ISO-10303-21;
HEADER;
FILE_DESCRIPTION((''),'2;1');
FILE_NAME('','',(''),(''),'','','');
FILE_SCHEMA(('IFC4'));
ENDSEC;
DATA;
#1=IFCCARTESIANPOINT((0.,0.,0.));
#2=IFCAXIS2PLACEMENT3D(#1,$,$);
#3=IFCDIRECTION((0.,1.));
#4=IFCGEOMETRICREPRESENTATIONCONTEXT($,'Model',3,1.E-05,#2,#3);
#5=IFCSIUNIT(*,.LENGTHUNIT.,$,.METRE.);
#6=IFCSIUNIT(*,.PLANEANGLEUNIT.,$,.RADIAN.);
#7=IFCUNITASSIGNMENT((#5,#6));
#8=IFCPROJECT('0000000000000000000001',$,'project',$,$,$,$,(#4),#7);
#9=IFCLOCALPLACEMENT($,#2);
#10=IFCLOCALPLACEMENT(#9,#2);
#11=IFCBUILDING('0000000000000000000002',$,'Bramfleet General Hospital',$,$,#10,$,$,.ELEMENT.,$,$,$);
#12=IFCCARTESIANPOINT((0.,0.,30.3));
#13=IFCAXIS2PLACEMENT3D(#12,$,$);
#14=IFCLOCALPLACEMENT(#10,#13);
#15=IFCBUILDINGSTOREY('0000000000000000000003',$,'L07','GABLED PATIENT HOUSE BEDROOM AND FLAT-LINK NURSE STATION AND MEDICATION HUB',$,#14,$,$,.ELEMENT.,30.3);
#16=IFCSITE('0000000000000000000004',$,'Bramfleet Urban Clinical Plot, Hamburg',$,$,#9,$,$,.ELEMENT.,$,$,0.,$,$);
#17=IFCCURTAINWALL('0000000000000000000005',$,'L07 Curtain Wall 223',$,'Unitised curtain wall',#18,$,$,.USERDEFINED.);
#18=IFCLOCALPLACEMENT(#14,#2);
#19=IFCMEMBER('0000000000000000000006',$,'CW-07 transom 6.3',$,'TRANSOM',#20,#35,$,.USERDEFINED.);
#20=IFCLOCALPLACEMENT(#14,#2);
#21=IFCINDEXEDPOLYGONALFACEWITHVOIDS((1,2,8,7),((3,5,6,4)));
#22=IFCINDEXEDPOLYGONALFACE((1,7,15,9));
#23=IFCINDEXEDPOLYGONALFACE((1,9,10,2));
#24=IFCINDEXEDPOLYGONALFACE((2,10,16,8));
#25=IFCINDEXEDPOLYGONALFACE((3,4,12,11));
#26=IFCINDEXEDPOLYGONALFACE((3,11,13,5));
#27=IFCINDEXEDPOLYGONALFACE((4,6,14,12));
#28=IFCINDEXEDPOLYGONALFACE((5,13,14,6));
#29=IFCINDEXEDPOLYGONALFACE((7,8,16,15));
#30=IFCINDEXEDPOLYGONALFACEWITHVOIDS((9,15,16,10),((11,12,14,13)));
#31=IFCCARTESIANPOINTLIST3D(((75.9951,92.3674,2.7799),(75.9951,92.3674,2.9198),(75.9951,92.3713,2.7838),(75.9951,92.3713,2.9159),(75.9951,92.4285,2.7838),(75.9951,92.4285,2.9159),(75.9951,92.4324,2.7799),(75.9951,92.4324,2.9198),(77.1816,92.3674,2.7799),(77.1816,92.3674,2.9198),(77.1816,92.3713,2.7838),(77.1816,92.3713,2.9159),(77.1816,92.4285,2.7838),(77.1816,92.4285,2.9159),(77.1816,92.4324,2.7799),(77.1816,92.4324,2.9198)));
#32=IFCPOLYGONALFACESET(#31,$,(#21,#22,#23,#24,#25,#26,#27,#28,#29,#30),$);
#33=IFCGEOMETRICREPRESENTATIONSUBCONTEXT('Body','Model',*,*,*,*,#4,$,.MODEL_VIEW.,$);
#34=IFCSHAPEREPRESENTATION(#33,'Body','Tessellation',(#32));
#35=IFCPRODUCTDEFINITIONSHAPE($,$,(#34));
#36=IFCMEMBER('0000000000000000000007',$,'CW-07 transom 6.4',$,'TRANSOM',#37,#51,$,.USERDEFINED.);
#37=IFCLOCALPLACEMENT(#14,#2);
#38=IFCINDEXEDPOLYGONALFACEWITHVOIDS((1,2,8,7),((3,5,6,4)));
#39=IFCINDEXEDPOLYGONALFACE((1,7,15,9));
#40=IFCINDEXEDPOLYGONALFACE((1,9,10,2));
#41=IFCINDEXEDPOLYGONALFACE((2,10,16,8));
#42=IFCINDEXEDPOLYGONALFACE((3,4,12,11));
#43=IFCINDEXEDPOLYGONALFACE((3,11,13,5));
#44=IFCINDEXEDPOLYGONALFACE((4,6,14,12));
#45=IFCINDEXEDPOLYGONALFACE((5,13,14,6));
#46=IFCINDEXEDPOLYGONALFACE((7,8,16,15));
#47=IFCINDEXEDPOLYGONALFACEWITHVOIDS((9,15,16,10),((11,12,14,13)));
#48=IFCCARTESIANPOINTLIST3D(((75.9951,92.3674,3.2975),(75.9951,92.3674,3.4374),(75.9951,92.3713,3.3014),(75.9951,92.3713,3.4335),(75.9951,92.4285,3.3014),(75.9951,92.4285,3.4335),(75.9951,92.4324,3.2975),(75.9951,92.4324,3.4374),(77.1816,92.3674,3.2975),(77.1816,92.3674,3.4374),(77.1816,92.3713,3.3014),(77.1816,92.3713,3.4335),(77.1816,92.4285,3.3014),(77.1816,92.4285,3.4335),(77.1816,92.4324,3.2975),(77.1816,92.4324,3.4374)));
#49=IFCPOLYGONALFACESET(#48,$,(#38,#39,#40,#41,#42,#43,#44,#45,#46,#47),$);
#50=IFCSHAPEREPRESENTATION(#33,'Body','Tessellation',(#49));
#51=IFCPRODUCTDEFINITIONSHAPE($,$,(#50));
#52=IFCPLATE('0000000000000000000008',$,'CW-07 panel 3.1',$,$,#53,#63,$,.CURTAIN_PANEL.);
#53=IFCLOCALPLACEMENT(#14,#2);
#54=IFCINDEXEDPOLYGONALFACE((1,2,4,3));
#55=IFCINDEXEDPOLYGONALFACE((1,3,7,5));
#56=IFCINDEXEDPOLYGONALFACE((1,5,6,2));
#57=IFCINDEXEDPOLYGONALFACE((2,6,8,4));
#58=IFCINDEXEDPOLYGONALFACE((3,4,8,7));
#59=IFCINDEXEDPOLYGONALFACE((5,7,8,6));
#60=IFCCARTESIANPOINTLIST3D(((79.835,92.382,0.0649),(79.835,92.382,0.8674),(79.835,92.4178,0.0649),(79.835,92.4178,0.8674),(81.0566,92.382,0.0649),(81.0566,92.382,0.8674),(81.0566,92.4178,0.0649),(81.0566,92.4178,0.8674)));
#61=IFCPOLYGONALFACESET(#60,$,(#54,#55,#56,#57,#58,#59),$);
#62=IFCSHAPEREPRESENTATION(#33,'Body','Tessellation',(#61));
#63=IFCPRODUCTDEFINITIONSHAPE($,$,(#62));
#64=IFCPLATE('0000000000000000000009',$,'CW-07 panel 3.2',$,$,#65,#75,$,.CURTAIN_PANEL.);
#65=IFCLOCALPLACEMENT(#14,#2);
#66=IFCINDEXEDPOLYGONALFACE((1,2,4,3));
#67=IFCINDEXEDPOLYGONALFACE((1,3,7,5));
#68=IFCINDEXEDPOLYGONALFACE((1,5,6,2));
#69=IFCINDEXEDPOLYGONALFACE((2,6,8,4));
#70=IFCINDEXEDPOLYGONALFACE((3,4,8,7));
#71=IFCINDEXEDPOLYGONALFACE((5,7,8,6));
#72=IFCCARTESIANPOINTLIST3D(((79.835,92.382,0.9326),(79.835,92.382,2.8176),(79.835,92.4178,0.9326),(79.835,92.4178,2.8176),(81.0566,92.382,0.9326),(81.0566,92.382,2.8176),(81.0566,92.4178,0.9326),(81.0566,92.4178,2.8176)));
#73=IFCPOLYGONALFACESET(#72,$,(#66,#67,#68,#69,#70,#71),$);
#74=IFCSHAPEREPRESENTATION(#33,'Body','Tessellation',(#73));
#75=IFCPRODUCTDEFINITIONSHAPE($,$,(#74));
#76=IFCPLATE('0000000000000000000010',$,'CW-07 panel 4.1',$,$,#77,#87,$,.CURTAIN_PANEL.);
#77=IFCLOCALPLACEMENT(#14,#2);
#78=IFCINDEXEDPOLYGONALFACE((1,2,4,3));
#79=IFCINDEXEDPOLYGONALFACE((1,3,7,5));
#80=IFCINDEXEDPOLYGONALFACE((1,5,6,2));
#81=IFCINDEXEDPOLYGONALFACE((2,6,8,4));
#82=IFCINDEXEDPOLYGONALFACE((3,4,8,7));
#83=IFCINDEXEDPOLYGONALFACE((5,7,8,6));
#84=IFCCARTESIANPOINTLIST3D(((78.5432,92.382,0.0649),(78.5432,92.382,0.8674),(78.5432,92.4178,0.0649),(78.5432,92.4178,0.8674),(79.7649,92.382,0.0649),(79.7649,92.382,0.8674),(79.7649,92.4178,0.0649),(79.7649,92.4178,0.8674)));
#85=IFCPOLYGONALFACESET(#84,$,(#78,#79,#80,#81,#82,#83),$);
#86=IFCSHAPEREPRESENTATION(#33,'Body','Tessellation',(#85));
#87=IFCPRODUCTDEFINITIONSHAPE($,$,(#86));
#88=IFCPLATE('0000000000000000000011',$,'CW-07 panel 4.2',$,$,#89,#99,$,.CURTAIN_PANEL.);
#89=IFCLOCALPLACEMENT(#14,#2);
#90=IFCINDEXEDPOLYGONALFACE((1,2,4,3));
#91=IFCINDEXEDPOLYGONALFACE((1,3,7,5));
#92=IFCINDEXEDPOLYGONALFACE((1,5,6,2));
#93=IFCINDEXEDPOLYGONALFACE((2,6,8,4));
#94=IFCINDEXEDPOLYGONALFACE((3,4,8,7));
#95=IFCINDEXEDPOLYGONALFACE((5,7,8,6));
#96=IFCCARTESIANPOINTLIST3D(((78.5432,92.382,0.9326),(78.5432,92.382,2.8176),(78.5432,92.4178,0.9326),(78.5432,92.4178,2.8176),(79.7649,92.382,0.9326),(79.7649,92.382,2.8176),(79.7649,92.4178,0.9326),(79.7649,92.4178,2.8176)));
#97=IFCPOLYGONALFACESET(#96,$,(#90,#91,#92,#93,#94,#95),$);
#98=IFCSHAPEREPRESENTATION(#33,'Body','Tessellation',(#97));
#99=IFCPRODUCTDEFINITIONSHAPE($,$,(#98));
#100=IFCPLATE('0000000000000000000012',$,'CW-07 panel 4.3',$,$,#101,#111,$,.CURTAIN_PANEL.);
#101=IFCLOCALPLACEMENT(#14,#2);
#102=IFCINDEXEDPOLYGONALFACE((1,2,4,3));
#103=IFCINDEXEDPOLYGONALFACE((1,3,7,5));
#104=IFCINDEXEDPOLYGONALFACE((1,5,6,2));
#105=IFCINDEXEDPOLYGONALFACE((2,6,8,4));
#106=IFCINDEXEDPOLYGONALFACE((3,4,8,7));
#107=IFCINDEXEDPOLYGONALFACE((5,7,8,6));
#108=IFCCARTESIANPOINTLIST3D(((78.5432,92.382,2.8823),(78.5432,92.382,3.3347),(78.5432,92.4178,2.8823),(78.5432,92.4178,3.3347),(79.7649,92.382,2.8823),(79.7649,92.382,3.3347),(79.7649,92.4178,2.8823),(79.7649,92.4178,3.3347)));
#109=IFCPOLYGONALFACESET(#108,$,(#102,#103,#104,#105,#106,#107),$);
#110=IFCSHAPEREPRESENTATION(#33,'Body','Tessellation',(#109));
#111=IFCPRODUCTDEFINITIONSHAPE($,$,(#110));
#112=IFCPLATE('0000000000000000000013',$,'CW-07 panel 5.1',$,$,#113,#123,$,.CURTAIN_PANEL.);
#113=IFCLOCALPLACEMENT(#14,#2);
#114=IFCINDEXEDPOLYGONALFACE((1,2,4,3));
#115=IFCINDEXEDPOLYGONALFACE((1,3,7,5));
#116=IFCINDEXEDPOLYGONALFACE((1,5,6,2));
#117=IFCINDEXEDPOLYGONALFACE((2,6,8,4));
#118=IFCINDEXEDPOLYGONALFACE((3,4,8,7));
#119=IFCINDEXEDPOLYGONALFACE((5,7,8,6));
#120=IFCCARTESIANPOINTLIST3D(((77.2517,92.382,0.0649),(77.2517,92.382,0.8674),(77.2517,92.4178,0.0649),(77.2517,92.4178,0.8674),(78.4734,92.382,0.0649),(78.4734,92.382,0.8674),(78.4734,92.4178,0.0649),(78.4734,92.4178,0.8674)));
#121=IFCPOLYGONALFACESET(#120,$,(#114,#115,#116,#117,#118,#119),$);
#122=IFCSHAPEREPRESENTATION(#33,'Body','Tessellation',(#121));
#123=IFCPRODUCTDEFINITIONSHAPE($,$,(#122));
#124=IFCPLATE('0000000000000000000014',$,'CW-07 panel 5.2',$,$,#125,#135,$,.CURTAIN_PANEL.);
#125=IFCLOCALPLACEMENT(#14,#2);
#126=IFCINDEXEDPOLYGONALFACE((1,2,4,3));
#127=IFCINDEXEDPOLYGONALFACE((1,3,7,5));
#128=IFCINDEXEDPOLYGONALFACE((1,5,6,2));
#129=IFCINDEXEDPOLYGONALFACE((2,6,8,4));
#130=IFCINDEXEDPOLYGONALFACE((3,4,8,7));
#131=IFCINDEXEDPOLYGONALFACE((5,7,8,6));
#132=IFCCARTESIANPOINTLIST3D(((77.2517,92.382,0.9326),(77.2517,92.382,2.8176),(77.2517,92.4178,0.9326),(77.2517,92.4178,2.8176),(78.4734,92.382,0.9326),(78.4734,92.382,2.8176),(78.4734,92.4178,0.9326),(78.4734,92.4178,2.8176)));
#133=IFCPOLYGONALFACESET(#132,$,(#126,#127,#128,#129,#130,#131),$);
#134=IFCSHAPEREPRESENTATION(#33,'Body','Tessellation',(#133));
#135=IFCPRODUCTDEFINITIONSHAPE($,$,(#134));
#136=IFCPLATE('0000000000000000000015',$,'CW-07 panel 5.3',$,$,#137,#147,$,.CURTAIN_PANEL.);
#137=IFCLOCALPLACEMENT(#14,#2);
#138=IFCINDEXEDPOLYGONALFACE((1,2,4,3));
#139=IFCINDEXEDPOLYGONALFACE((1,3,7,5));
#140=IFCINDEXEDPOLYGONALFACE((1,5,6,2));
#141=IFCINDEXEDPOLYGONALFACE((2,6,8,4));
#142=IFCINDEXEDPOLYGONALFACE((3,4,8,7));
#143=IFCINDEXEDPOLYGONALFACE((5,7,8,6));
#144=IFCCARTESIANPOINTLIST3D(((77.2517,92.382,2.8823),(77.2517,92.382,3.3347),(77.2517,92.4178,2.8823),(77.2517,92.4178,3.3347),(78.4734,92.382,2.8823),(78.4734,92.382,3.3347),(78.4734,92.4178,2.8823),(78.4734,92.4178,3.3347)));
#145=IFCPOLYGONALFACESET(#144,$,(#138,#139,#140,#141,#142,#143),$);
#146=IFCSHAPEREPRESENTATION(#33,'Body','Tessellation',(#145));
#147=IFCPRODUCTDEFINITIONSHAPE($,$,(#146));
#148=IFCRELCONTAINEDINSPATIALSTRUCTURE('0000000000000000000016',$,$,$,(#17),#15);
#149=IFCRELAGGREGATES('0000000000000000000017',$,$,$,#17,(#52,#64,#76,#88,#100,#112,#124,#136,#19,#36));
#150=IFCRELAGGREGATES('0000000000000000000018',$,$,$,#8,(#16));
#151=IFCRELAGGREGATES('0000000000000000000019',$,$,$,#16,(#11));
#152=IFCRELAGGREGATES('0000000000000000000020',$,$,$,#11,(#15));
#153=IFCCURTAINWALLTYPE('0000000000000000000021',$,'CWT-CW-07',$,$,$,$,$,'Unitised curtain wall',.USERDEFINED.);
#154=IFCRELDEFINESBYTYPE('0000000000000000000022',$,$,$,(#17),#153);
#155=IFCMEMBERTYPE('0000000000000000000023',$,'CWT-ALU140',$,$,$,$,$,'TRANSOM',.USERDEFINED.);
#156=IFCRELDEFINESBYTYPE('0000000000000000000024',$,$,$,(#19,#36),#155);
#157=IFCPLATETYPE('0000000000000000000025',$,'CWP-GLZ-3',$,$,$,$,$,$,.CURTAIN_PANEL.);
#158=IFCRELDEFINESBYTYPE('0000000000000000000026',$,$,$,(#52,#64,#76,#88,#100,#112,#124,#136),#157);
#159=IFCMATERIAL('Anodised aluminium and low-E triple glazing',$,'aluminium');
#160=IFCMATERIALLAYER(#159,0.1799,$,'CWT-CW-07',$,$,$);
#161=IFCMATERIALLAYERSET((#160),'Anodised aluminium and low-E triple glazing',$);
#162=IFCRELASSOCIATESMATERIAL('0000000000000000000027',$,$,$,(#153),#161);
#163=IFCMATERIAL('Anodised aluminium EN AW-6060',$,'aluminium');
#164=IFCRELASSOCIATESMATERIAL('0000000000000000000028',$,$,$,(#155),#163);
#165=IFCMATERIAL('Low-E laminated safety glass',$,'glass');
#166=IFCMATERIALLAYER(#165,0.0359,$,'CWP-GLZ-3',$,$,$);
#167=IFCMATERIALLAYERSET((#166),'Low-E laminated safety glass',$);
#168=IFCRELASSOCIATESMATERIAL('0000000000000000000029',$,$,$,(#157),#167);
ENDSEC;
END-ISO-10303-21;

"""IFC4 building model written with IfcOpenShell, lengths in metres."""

from ifc_helpers import new_model, si_unit, direction, frame, origin, origin_2d, place, context, subcontext, project, spatial, rectangle, hollow_rectangle, extrude, material, layer, layer_set, material_profile, profile_set, type_object, element, aggregate, save


model = new_model("IFC4")

# Units and contexts
model_context = context("Model", 3, precision=1e-05, world=origin(), true_north=direction((0.0, 1.0)))
body_context = subcontext(model_context, "Body", "Model", "MODEL_VIEW")
ifc_project = project(units=[si_unit("LENGTHUNIT", "METRE"), si_unit("PLANEANGLEUNIT", "RADIAN")], contexts=[model_context])

# Site, building, storey
site_placement = place(None, origin())
site = spatial("IfcSite", under=ifc_project, at=site_placement, Name="Bramfleet Urban Clinical Plot, Hamburg", CompositionType="ELEMENT", RefElevation=0.0)
building_placement = place(site_placement, origin())
building = spatial("IfcBuilding", under=site, at=building_placement, Name="Bramfleet General Hospital", CompositionType="ELEMENT")
storey_placement = place(building_placement, frame((0.0, 0.0, 30.3)))
storey = spatial("IfcBuildingStorey", under=building, at=storey_placement, Name="L07", Description="GABLED PATIENT HOUSE BEDROOM AND FLAT-LINK NURSE STATION AND MEDICATION HUB", CompositionType="ELEMENT", Elevation=30.3)

# Curtain wall, members, plates
ifc_material_1 = material(Name="Anodised aluminium and low-E triple glazing", Category="aluminium")
ifc_layer_1 = layer(ifc_material_1, 0.1799, Name="CWT-CW-07")
ifc_layer_set_1 = layer_set([ifc_layer_1], Name="Anodised aluminium and low-E triple glazing")
curtain_wall_type = type_object("IfcCurtainWallType", Name="CWT-CW-07", ElementType="Unitised curtain wall", PredefinedType="USERDEFINED", material=ifc_layer_set_1)
curtain_wall_placement = place(storey_placement, origin())
curtain_wall = element("IfcCurtainWall", 1, at=curtain_wall_placement, inside=storey, type_object=curtain_wall_type, Name="L07 Curtain Wall 223", ObjectType="Unitised curtain wall", PredefinedType="USERDEFINED")
ifc_material_2 = material(Name="Anodised aluminium EN AW-6060", Category="aluminium")
ifc_material_profile_1 = material_profile(ifc_material_2, hollow_rectangle(XDim=0.0649, YDim=0.1399, WallThickness=0.0039, at=origin_2d()), Name="ALU 140x65x4.0")
ifc_profile_set_1 = profile_set([ifc_material_profile_1], Name="Anodised aluminium EN AW-6060")
member_type_1 = type_object("IfcMemberType", Name="CWT-ALU140", ElementType="TRANSOM", PredefinedType="USERDEFINED", material=ifc_profile_set_1)
member_1_placement = place(storey_placement, frame((77.1816, 92.3999, 2.8499), z_axis=(-1.0, 0.0, 0.0), x_axis=(0.0, -1.0, 0.0)))
member_1 = element("IfcMember", 2, at=member_1_placement, type_object=member_type_1, Name="CW-07 transom 6.3", ObjectType="TRANSOM", PredefinedType="USERDEFINED", context=body_context, shape_type="SweptSolid", body=[
    extrude(hollow_rectangle(XDim=0.0649, YDim=0.1399, WallThickness=0.0039, at=origin_2d()), origin(), (0.0, 0.0, 1.0), 1.1865),
])
member_2_placement = place(storey_placement, frame((77.1816, 92.3999, 3.3674), z_axis=(-1.0, 0.0, 0.0), x_axis=(0.0, -1.0, 0.0)))
member_2 = element("IfcMember", 3, at=member_2_placement, type_object=member_type_1, Name="CW-07 transom 6.4", ObjectType="TRANSOM", PredefinedType="USERDEFINED", context=body_context, shape_type="SweptSolid", body=[
    extrude(hollow_rectangle(XDim=0.0649, YDim=0.1399, WallThickness=0.0039, at=origin_2d()), origin(), (0.0, 0.0, 1.0), 1.1865),
])
ifc_material_3 = material(Name="Low-E laminated safety glass", Category="glass")
ifc_layer_2 = layer(ifc_material_3, 0.0359, Name="CWP-GLZ-3")
ifc_layer_set_2 = layer_set([ifc_layer_2], Name="Low-E laminated safety glass")
plate_type = type_object("IfcPlateType", Name="CWP-GLZ-3", PredefinedType="CURTAIN_PANEL", material=ifc_layer_set_2)
plate_1_placement = place(storey_placement, frame((80.4458, 92.3999, 0.0649), z_axis=(0.0, 0.0, 1.0), x_axis=(-1.0, 0.0, 0.0)))
plate_1 = element("IfcPlate", 4, at=plate_1_placement, type_object=plate_type, Name="CW-07 panel 3.1", PredefinedType="CURTAIN_PANEL", context=body_context, shape_type="SweptSolid", body=[
    extrude(rectangle(XDim=1.2217, YDim=0.0359, at=origin_2d()), origin(), (0.0, 0.0, 1.0), 0.8025),
])
plate_2_placement = place(storey_placement, frame((80.4458, 92.3999, 0.9326), z_axis=(0.0, 0.0, 1.0), x_axis=(-1.0, 0.0, 0.0)))
plate_2 = element("IfcPlate", 5, at=plate_2_placement, type_object=plate_type, Name="CW-07 panel 3.2", PredefinedType="CURTAIN_PANEL", context=body_context, shape_type="SweptSolid", body=[
    extrude(rectangle(XDim=1.2217, YDim=0.0359, at=origin_2d()), origin(), (0.0, 0.0, 1.0), 1.885),
])
plate_3_placement = place(storey_placement, frame((79.1541, 92.3999, 0.0649), z_axis=(0.0, 0.0, 1.0), x_axis=(-1.0, 0.0, 0.0)))
plate_3 = element("IfcPlate", 6, at=plate_3_placement, type_object=plate_type, Name="CW-07 panel 4.1", PredefinedType="CURTAIN_PANEL", context=body_context, shape_type="SweptSolid", body=[
    extrude(rectangle(XDim=1.2217, YDim=0.0359, at=origin_2d()), origin(), (0.0, 0.0, 1.0), 0.8025),
])
plate_4_placement = place(storey_placement, frame((79.1541, 92.3999, 0.9326), z_axis=(0.0, 0.0, 1.0), x_axis=(-1.0, 0.0, 0.0)))
plate_4 = element("IfcPlate", 7, at=plate_4_placement, type_object=plate_type, Name="CW-07 panel 4.2", PredefinedType="CURTAIN_PANEL", context=body_context, shape_type="SweptSolid", body=[
    extrude(rectangle(XDim=1.2217, YDim=0.0359, at=origin_2d()), origin(), (0.0, 0.0, 1.0), 1.885),
])
plate_5_placement = place(storey_placement, frame((79.1541, 92.3999, 2.8823), z_axis=(0.0, 0.0, 1.0), x_axis=(-1.0, 0.0, 0.0)))
plate_5 = element("IfcPlate", 8, at=plate_5_placement, type_object=plate_type, Name="CW-07 panel 4.3", PredefinedType="CURTAIN_PANEL", context=body_context, shape_type="SweptSolid", body=[
    extrude(rectangle(XDim=1.2217, YDim=0.0359, at=origin_2d()), origin(), (0.0, 0.0, 1.0), 0.4524),
])
plate_6_placement = place(storey_placement, frame((77.8625, 92.3999, 0.0649), z_axis=(0.0, 0.0, 1.0), x_axis=(-1.0, 0.0, 0.0)))
plate_6 = element("IfcPlate", 9, at=plate_6_placement, type_object=plate_type, Name="CW-07 panel 5.1", PredefinedType="CURTAIN_PANEL", context=body_context, shape_type="SweptSolid", body=[
    extrude(rectangle(XDim=1.2217, YDim=0.0359, at=origin_2d()), origin(), (0.0, 0.0, 1.0), 0.8025),
])
plate_7_placement = place(storey_placement, frame((77.8625, 92.3999, 0.9326), z_axis=(0.0, 0.0, 1.0), x_axis=(-1.0, 0.0, 0.0)))
plate_7 = element("IfcPlate", 10, at=plate_7_placement, type_object=plate_type, Name="CW-07 panel 5.2", PredefinedType="CURTAIN_PANEL", context=body_context, shape_type="SweptSolid", body=[
    extrude(rectangle(XDim=1.2217, YDim=0.0359, at=origin_2d()), origin(), (0.0, 0.0, 1.0), 1.885),
])
plate_8_placement = place(storey_placement, frame((77.8625, 92.3999, 2.8823), z_axis=(0.0, 0.0, 1.0), x_axis=(-1.0, 0.0, 0.0)))
plate_8 = element("IfcPlate", 11, at=plate_8_placement, type_object=plate_type, Name="CW-07 panel 5.3", PredefinedType="CURTAIN_PANEL", context=body_context, shape_type="SweptSolid", body=[
    extrude(rectangle(XDim=1.2217, YDim=0.0359, at=origin_2d()), origin(), (0.0, 0.0, 1.0), 0.4524),
])
aggregate(curtain_wall, [plate_1, plate_2, plate_3, plate_4, plate_5, plate_6, plate_7, plate_8, member_1, member_2])

save(model, "model.ifc")
